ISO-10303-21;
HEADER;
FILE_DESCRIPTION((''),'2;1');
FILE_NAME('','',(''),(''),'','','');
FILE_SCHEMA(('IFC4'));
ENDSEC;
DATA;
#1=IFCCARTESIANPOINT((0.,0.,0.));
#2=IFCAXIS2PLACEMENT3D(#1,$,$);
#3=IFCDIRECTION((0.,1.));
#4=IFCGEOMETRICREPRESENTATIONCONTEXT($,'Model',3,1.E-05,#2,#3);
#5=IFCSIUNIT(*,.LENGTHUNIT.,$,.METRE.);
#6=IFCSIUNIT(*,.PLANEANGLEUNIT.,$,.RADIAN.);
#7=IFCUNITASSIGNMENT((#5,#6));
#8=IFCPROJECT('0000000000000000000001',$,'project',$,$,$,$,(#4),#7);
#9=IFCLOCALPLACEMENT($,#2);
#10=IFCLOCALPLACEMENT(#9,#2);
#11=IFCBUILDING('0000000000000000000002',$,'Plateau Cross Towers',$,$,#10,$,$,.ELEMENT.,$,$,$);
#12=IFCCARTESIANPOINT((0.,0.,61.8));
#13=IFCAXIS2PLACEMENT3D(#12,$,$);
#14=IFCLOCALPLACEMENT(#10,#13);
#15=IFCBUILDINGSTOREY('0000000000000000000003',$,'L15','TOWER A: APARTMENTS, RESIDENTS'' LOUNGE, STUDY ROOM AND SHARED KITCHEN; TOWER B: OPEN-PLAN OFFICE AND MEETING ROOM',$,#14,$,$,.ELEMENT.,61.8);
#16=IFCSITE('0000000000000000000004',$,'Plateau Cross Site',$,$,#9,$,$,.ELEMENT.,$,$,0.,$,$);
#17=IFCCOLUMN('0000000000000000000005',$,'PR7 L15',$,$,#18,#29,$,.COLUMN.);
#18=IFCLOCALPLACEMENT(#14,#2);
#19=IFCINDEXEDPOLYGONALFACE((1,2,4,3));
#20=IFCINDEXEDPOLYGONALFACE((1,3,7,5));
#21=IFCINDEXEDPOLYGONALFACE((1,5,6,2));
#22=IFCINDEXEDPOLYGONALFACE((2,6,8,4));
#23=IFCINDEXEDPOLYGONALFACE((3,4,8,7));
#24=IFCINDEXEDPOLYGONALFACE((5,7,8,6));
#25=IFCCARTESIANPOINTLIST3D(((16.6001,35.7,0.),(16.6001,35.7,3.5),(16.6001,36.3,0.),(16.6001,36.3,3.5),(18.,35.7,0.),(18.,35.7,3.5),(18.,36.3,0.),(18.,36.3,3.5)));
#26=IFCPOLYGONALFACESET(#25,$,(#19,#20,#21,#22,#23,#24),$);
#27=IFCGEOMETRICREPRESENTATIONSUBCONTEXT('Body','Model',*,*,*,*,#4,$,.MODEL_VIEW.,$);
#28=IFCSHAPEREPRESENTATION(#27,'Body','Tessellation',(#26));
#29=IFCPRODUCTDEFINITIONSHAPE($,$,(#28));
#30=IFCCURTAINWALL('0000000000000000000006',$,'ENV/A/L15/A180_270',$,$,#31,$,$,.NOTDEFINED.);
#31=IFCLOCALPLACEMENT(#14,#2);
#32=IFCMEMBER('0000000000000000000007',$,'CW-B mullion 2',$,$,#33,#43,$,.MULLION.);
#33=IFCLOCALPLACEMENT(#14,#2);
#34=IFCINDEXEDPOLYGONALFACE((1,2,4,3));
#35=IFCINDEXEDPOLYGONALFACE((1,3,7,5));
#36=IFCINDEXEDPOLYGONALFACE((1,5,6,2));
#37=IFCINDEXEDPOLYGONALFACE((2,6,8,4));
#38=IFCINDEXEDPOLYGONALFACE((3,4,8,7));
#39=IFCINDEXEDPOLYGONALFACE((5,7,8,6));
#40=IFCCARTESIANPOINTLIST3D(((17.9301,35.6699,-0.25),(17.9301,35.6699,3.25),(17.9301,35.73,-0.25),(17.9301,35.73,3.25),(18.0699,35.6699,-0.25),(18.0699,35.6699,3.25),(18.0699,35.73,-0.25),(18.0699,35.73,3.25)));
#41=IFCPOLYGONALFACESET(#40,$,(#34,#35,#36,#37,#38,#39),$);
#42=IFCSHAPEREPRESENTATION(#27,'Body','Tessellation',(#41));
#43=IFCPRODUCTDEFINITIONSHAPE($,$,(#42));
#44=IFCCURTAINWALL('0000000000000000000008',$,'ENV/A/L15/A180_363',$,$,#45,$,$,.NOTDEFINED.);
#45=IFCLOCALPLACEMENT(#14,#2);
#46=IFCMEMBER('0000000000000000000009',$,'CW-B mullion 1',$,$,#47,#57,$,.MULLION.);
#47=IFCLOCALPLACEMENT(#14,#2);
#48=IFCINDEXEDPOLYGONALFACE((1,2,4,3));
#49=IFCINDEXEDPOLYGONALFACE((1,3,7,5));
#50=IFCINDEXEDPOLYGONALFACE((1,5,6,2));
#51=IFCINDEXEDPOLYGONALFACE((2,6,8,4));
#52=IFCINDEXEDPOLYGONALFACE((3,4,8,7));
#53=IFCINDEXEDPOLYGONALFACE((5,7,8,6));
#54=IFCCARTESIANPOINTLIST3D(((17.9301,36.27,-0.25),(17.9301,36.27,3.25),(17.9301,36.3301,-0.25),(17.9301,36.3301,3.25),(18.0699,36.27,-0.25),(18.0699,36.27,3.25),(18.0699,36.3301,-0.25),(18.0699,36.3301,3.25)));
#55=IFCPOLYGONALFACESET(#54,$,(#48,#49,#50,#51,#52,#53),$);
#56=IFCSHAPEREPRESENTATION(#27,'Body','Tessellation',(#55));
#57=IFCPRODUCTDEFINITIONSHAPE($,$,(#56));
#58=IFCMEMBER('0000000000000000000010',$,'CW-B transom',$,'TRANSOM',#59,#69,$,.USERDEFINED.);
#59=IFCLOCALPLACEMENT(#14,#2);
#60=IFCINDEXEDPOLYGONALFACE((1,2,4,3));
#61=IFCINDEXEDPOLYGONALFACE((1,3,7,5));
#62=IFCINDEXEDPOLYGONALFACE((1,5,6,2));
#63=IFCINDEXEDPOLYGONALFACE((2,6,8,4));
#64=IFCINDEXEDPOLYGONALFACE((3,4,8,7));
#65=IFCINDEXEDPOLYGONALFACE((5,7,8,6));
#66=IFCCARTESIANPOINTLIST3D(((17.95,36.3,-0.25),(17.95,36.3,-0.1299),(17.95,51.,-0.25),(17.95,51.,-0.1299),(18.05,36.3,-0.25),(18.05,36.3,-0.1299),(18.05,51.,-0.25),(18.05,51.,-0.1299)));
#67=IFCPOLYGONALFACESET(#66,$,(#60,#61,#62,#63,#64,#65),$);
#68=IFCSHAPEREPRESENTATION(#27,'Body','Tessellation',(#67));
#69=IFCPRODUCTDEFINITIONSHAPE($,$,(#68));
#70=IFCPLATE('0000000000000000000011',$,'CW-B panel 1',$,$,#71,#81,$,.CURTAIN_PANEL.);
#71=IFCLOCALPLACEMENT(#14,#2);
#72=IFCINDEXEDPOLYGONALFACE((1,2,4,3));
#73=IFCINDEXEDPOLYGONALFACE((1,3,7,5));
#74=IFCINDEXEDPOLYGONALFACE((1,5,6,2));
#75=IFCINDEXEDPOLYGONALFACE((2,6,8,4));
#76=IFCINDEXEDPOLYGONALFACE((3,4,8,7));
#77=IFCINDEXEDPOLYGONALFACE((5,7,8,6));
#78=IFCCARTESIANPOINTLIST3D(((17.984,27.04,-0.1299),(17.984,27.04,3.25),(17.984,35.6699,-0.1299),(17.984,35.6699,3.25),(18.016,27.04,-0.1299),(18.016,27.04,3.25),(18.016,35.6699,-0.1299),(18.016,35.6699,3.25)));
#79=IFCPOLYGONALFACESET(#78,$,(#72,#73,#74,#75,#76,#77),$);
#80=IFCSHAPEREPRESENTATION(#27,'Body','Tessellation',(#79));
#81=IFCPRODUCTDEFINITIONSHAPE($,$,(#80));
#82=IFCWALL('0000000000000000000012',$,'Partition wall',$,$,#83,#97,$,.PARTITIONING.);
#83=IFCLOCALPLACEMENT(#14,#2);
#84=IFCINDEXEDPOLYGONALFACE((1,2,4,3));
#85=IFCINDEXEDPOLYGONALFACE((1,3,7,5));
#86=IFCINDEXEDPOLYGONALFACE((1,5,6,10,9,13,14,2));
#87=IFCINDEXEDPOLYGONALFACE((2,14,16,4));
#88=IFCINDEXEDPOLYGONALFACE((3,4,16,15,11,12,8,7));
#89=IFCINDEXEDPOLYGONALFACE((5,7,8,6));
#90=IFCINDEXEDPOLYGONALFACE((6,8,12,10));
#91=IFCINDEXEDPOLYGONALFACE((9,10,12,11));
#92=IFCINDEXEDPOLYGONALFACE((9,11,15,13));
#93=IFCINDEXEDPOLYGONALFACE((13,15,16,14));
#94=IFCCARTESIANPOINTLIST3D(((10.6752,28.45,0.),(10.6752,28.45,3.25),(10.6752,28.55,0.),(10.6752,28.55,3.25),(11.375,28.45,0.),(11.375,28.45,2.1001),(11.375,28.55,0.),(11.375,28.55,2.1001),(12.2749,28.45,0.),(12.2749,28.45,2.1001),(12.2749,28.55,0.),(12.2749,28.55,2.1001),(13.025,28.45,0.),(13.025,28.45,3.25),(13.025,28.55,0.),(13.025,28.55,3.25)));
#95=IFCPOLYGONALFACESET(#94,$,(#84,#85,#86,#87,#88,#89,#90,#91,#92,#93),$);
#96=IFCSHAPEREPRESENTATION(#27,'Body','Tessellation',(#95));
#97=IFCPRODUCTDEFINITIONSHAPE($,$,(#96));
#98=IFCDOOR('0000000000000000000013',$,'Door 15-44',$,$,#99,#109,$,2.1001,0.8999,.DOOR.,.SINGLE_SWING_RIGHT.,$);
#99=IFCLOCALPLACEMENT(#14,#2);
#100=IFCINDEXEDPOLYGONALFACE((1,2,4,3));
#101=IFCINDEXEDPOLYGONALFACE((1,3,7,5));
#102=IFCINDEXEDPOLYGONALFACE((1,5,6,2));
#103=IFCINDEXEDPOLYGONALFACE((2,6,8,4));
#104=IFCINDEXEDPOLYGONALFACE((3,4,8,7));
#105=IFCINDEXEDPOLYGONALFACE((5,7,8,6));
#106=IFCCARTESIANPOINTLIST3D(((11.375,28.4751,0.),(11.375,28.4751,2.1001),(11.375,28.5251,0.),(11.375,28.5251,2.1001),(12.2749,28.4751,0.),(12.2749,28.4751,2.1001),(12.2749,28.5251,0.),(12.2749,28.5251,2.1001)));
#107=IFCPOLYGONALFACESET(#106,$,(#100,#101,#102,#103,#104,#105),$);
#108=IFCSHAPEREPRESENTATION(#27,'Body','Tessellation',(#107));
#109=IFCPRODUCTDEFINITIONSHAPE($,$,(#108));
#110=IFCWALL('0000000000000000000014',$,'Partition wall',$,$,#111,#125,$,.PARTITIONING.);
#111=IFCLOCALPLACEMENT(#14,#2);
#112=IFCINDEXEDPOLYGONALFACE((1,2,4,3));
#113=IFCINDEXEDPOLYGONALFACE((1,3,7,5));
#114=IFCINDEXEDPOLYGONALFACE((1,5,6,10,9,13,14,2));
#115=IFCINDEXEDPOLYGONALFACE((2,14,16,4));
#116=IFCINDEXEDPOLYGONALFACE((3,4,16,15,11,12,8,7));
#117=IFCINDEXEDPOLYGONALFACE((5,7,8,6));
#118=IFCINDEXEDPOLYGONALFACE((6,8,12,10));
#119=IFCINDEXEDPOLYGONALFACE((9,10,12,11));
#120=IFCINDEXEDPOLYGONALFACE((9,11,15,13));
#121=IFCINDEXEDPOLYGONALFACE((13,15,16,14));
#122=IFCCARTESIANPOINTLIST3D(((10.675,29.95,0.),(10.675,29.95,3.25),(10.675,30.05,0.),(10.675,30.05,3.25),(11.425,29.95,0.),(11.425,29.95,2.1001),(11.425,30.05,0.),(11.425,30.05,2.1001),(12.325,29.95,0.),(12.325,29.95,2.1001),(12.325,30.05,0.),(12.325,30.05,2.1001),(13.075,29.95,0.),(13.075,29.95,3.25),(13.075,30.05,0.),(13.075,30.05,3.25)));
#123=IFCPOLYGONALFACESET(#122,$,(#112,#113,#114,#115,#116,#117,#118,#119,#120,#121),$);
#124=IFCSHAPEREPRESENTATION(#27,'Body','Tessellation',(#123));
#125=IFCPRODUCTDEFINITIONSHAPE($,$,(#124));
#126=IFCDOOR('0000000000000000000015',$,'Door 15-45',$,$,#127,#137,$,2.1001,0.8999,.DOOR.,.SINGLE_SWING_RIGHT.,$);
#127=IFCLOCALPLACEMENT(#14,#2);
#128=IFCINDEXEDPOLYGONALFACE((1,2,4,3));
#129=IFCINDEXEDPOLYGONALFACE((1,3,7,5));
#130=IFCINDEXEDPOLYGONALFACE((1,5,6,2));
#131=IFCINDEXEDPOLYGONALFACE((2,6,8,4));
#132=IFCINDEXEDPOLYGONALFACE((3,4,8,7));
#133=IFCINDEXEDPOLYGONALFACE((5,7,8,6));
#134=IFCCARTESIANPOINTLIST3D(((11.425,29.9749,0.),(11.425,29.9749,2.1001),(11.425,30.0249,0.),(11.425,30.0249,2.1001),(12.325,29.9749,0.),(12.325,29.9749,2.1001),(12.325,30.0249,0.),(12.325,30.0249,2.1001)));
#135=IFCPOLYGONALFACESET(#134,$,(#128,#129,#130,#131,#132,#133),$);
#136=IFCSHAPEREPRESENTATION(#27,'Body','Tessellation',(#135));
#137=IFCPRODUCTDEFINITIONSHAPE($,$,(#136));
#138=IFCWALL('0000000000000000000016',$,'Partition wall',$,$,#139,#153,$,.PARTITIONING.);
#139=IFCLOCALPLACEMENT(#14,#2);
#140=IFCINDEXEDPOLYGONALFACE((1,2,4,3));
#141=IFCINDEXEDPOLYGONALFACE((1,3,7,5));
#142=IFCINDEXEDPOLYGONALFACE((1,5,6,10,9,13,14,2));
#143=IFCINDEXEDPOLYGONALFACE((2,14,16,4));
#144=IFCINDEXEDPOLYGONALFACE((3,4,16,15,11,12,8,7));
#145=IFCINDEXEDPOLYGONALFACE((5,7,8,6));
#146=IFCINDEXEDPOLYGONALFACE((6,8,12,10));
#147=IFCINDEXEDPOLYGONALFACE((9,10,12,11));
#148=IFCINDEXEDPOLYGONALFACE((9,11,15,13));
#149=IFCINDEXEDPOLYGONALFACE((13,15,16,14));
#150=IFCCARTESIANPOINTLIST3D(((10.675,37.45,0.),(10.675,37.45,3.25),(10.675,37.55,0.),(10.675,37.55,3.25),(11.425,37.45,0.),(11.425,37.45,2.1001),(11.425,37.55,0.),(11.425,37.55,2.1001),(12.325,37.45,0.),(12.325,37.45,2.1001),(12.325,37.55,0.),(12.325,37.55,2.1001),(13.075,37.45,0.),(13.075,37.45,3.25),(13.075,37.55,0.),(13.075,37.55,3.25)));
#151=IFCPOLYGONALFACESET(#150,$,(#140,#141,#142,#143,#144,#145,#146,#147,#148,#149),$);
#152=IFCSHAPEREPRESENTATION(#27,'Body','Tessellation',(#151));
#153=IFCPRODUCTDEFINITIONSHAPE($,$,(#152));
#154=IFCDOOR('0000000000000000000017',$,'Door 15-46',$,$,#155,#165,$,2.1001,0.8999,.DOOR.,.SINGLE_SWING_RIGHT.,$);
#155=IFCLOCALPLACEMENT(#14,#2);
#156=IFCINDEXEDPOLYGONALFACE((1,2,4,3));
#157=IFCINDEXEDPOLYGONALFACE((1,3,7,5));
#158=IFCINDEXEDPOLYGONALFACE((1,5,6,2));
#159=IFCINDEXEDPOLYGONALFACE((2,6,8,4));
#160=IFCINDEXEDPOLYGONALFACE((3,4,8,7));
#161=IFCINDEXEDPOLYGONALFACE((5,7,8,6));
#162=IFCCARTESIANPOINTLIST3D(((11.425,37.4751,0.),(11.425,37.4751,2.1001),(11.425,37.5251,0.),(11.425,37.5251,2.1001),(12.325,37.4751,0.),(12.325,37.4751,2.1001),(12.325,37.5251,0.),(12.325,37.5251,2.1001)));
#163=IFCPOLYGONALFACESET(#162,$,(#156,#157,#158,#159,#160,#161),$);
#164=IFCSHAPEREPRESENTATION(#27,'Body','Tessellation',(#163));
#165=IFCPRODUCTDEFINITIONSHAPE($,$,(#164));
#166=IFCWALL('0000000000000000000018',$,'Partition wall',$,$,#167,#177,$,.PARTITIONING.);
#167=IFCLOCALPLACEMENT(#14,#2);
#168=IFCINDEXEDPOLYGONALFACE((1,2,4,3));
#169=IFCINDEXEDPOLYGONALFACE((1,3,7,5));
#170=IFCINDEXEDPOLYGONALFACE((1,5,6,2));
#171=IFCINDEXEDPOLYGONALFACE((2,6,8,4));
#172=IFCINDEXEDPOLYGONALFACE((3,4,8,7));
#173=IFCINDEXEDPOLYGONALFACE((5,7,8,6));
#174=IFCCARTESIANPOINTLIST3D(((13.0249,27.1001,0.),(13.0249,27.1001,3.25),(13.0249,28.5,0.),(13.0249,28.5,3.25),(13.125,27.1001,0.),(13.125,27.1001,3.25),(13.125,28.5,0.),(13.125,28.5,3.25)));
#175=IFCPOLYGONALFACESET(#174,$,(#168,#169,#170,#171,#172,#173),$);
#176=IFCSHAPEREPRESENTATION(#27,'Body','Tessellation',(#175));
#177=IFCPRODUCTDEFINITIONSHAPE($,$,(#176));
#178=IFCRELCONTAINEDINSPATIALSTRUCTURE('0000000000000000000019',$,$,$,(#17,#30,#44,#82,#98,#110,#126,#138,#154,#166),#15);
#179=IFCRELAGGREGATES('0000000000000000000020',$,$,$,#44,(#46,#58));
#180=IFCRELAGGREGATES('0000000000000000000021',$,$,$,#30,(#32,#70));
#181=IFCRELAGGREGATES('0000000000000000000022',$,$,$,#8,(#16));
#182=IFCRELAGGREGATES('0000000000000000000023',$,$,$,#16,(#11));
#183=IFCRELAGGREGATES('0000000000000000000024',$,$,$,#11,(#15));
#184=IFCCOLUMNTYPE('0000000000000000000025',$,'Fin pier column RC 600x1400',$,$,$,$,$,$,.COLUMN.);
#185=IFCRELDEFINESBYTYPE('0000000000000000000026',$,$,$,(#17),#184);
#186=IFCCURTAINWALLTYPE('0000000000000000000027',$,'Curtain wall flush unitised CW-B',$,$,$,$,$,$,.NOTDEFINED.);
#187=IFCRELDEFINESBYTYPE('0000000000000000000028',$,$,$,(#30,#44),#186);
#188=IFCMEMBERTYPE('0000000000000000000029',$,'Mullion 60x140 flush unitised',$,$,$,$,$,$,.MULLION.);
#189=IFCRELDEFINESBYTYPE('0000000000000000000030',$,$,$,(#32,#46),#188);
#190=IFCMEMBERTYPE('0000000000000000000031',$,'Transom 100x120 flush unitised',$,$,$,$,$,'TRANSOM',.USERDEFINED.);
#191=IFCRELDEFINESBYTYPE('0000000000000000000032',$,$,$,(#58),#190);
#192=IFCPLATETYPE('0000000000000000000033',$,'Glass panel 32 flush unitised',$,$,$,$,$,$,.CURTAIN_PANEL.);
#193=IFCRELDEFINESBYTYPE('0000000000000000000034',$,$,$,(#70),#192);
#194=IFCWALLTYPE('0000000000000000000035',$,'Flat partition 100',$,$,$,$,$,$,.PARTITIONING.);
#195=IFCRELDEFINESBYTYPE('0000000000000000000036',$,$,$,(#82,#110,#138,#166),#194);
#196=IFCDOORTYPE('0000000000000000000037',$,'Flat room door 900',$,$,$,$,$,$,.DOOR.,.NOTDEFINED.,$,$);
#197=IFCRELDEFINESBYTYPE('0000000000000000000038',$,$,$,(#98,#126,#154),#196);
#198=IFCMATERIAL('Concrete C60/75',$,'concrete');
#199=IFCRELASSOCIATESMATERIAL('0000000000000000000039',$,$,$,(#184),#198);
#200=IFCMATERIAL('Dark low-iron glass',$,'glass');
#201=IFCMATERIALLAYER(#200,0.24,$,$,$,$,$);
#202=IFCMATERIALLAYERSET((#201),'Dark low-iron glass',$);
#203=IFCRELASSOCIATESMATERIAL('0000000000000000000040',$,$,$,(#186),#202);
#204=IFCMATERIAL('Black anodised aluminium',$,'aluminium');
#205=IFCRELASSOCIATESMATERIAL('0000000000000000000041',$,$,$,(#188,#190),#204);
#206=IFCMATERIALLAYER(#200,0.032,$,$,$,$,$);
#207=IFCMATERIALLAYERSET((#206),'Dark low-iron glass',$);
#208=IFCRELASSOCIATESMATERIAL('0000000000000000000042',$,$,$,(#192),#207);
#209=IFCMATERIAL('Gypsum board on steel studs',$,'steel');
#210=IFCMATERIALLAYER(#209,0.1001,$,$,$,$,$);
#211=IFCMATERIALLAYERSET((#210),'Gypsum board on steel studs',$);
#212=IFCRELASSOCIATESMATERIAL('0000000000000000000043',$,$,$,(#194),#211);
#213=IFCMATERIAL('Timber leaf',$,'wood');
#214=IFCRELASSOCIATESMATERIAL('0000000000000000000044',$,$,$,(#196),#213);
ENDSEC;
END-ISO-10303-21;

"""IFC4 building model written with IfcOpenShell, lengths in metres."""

from ifc_helpers import new_model, si_unit, direction, frame, frame_2d, origin, origin_2d, place, context, subcontext, project, spatial, rectangle, extrude, material, layer, layer_set, material_profile, profile_set, type_object, element, fill, aggregate, save


model = new_model("IFC4")

# Units and contexts
model_context = context("Model", 3, precision=1e-05, world=origin(), true_north=direction((0.0, 1.0)))
body_context = subcontext(model_context, "Body", "Model", "MODEL_VIEW")
ifc_project = project(units=[si_unit("LENGTHUNIT", "METRE"), si_unit("PLANEANGLEUNIT", "RADIAN")], contexts=[model_context])

# Site, building, storey
site_placement = place(None, origin())
site = spatial("IfcSite", under=ifc_project, at=site_placement, Name="Plateau Cross Site", CompositionType="ELEMENT", RefElevation=0.0)
building_placement = place(site_placement, origin())
building = spatial("IfcBuilding", under=site, at=building_placement, Name="Plateau Cross Towers", CompositionType="ELEMENT")
storey_placement = place(building_placement, frame((0.0, 0.0, 61.8)))
storey = spatial("IfcBuildingStorey", under=building, at=storey_placement, Name="L15", Description="TOWER A: APARTMENTS, RESIDENTS' LOUNGE, STUDY ROOM AND SHARED KITCHEN; TOWER B: OPEN-PLAN OFFICE AND MEETING ROOM", CompositionType="ELEMENT", Elevation=61.8)

# Column
ifc_material_1 = material(Name="Concrete C60/75", Category="concrete")
ifc_material_profile_1 = material_profile(ifc_material_1, rectangle(XDim=0.6001, YDim=1.3999, at=origin_2d()), Name="RC 600x1400")
ifc_profile_set_1 = profile_set([ifc_material_profile_1], Name="Concrete C60/75")
column_type = type_object("IfcColumnType", Name="Fin pier column RC 600x1400", PredefinedType="COLUMN", material=ifc_profile_set_1)
column_placement = place(storey_placement, frame((17.3, 36.0, 0.0), z_axis=(0.0, 0.0, 1.0), x_axis=(0.0, 1.0, 0.0)))
element("IfcColumn", 1, at=column_placement, inside=storey, type_object=column_type, Name="PR7 L15", PredefinedType="COLUMN", context=body_context, shape_type="SweptSolid", body=[
    extrude(rectangle(XDim=0.6001, YDim=1.3999, at=origin_2d()), origin(), (0.0, 0.0, 1.0), 3.5),
])

# Curtain wall, member
ifc_material_2 = material(Name="Dark low-iron glass", Category="glass")
ifc_layer_1 = layer(ifc_material_2, 0.24)
ifc_layer_set_1 = layer_set([ifc_layer_1], Name="Dark low-iron glass")
curtain_wall_type = type_object("IfcCurtainWallType", Name="Curtain wall flush unitised CW-B", PredefinedType="NOTDEFINED", material=ifc_layer_set_1)
curtain_wall_1_placement = place(storey_placement, origin())
curtain_wall_1 = element("IfcCurtainWall", 2, at=curtain_wall_1_placement, inside=storey, type_object=curtain_wall_type, Name="ENV/A/L15/A180_270", PredefinedType="NOTDEFINED")
ifc_material_3 = material(Name="Black anodised aluminium", Category="aluminium")
ifc_material_profile_2 = material_profile(ifc_material_3, rectangle(XDim=0.0601, YDim=0.1399, at=origin_2d()), Name="MULLION 60x140")
ifc_profile_set_2 = profile_set([ifc_material_profile_2], Name="Black anodised aluminium")
member_type_1 = type_object("IfcMemberType", Name="Mullion 60x140 flush unitised", PredefinedType="MULLION", material=ifc_profile_set_2)
member_1_placement = place(storey_placement, frame((18.0, 35.7, -0.25), z_axis=(0.0, 0.0, 1.0), x_axis=(0.0, 1.0, 0.0)))
member_1 = element("IfcMember", 3, at=member_1_placement, type_object=member_type_1, Name="CW-B mullion 2", PredefinedType="MULLION", context=body_context, shape_type="SweptSolid", body=[
    extrude(rectangle(XDim=0.0601, YDim=0.1399, at=origin_2d()), origin(), (0.0, 0.0, 1.0), 3.5),
])

# Curtain wall, members
curtain_wall_2_placement = place(storey_placement, origin())
curtain_wall_2 = element("IfcCurtainWall", 4, at=curtain_wall_2_placement, inside=storey, type_object=curtain_wall_type, Name="ENV/A/L15/A180_363", PredefinedType="NOTDEFINED")
member_2_placement = place(storey_placement, frame((18.0, 36.3, -0.25), z_axis=(0.0, 0.0, 1.0), x_axis=(0.0, 1.0, 0.0)))
member_2 = element("IfcMember", 5, at=member_2_placement, type_object=member_type_1, Name="CW-B mullion 1", PredefinedType="MULLION", context=body_context, shape_type="SweptSolid", body=[
    extrude(rectangle(XDim=0.0601, YDim=0.1399, at=origin_2d()), origin(), (0.0, 0.0, 1.0), 3.5),
])
ifc_material_profile_3 = material_profile(ifc_material_3, rectangle(XDim=0.1001, YDim=0.1201, at=origin_2d()), Name="TRANSOM 100x120")
ifc_profile_set_3 = profile_set([ifc_material_profile_3], Name="Black anodised aluminium")
member_type_2 = type_object("IfcMemberType", Name="Transom 100x120 flush unitised", ElementType="TRANSOM", PredefinedType="USERDEFINED", material=ifc_profile_set_3)
member_3_placement = place(storey_placement, frame((18.0, 36.3, -0.1899), z_axis=(0.0, 1.0, 0.0), x_axis=(-1.0, 0.0, 0.0)))
member_3 = element("IfcMember", 6, at=member_3_placement, type_object=member_type_2, Name="CW-B transom", ObjectType="TRANSOM", PredefinedType="USERDEFINED", context=body_context, shape_type="SweptSolid", body=[
    extrude(rectangle(XDim=0.1001, YDim=0.1201, at=origin_2d()), origin(), (0.0, 0.0, 1.0), 14.7),
])
aggregate(curtain_wall_2, [member_2, member_3])

# Plate
ifc_layer_2 = layer(ifc_material_2, 0.032)
ifc_layer_set_2 = layer_set([ifc_layer_2], Name="Dark low-iron glass")
plate_type = type_object("IfcPlateType", Name="Glass panel 32 flush unitised", PredefinedType="CURTAIN_PANEL", material=ifc_layer_set_2)
plate_placement = place(storey_placement, frame((18.0, 31.355, -0.1299), z_axis=(0.0, 0.0, 1.0), x_axis=(0.0, 1.0, 0.0)))
plate = element("IfcPlate", 7, at=plate_placement, type_object=plate_type, Name="CW-B panel 1", PredefinedType="CURTAIN_PANEL", context=body_context, shape_type="SweptSolid", body=[
    extrude(rectangle(XDim=8.6299, YDim=0.032, at=origin_2d()), origin(), (0.0, 0.0, 1.0), 3.3799),
])
aggregate(curtain_wall_1, [member_1, plate])

# Walls, openings, doors
ifc_material_4 = material(Name="Gypsum board on steel studs", Category="steel")
ifc_layer_3 = layer(ifc_material_4, 0.1001)
ifc_layer_set_3 = layer_set([ifc_layer_3], Name="Gypsum board on steel studs")
wall_type_1 = type_object("IfcWallType", Name="Flat partition 100", PredefinedType="PARTITIONING", material=ifc_layer_set_3)
wall_1_placement = place(storey_placement, frame((13.0249, 28.5, 0.0), z_axis=(0.0, 0.0, 1.0), x_axis=(-1.0, 0.0, 0.0)))
wall_1 = element("IfcWall", 8, at=wall_1_placement, inside=storey, type_object=wall_type_1, Name="Partition wall", PredefinedType="PARTITIONING", context=body_context, shape_type="SweptSolid", body=[
    extrude(rectangle(XDim=2.3499, YDim=0.1001, at=frame_2d((1.1748, 0.0))), origin(), (0.0, 0.0, 1.0), 3.25),
])
opening_1_placement = place(wall_1_placement, frame((0.75, 0.0, 0.0)))
opening_1 = element("IfcOpeningElement", 9, at=opening_1_placement, cuts=wall_1, PredefinedType="OPENING", context=body_context, shape_type="SweptSolid", body=[
    extrude(rectangle(XDim=0.8999, YDim=2.1001, at=frame_2d((0.45, 1.05))), frame((0.0, 0.0601, 0.0), z_axis=(0.0, -1.0, 0.0), x_axis=(1.0, 0.0, 0.0)), (0.0, 0.0, 1.0), 0.1201),
])
ifc_material_5 = material(Name="Timber leaf", Category="wood")
door_type = type_object("IfcDoorType", Name="Flat room door 900", OperationType="NOTDEFINED", PredefinedType="DOOR", material=ifc_material_5)
door_1_placement = place(opening_1_placement, origin())
door_1 = element("IfcDoor", 10, at=door_1_placement, inside=storey, type_object=door_type, Name="Door 15-44", OperationType="SINGLE_SWING_RIGHT", OverallHeight=2.1001, OverallWidth=0.8999, PredefinedType="DOOR", context=body_context, shape_type="SweptSolid", body=[
    extrude(rectangle(XDim=0.8999, YDim=2.1001, at=frame_2d((0.45, 1.05))), frame((0.0, 0.0249, 0.0), z_axis=(0.0, -1.0, 0.0), x_axis=(1.0, 0.0, 0.0)), (0.0, 0.0, 1.0), 0.05),
])
fill(opening_1, door_1)
wall_2_placement = place(storey_placement, frame((10.675, 30.0, 0.0), z_axis=(0.0, 0.0, 1.0), x_axis=(1.0, 0.0, 0.0)))
wall_2 = element("IfcWall", 11, at=wall_2_placement, inside=storey, type_object=wall_type_1, Name="Partition wall", PredefinedType="PARTITIONING", context=body_context, shape_type="SweptSolid", body=[
    extrude(rectangle(XDim=2.3999, YDim=0.1001, at=frame_2d((1.2, 0.0))), origin(), (0.0, 0.0, 1.0), 3.25),
])
opening_2_placement = place(wall_2_placement, frame((0.75, 0.0, 0.0)))
opening_2 = element("IfcOpeningElement", 12, at=opening_2_placement, cuts=wall_2, PredefinedType="OPENING", context=body_context, shape_type="SweptSolid", body=[
    extrude(rectangle(XDim=0.8999, YDim=2.1001, at=frame_2d((0.45, 1.05))), frame((0.0, 0.0601, 0.0), z_axis=(0.0, -1.0, 0.0), x_axis=(1.0, 0.0, 0.0)), (0.0, 0.0, 1.0), 0.1201),
])
door_2_placement = place(opening_2_placement, origin())
door_2 = element("IfcDoor", 13, at=door_2_placement, inside=storey, type_object=door_type, Name="Door 15-45", OperationType="SINGLE_SWING_RIGHT", OverallHeight=2.1001, OverallWidth=0.8999, PredefinedType="DOOR", context=body_context, shape_type="SweptSolid", body=[
    extrude(rectangle(XDim=0.8999, YDim=2.1001, at=frame_2d((0.45, 1.05))), frame((0.0, 0.0249, 0.0), z_axis=(0.0, -1.0, 0.0), x_axis=(1.0, 0.0, 0.0)), (0.0, 0.0, 1.0), 0.05),
])
fill(opening_2, door_2)
wall_3_placement = place(storey_placement, frame((13.075, 37.5, 0.0), z_axis=(0.0, 0.0, 1.0), x_axis=(-1.0, 0.0, 0.0)))
wall_3 = element("IfcWall", 14, at=wall_3_placement, inside=storey, type_object=wall_type_1, Name="Partition wall", PredefinedType="PARTITIONING", context=body_context, shape_type="SweptSolid", body=[
    extrude(rectangle(XDim=2.3999, YDim=0.1001, at=frame_2d((1.2, 0.0))), origin(), (0.0, 0.0, 1.0), 3.25),
])
opening_3_placement = place(wall_3_placement, frame((0.75, 0.0, 0.0)))
opening_3 = element("IfcOpeningElement", 15, at=opening_3_placement, cuts=wall_3, PredefinedType="OPENING", context=body_context, shape_type="SweptSolid", body=[
    extrude(rectangle(XDim=0.8999, YDim=2.1001, at=frame_2d((0.45, 1.05))), frame((0.0, 0.0601, 0.0), z_axis=(0.0, -1.0, 0.0), x_axis=(1.0, 0.0, 0.0)), (0.0, 0.0, 1.0), 0.1201),
])
door_3_placement = place(opening_3_placement, origin())
door_3 = element("IfcDoor", 16, at=door_3_placement, inside=storey, type_object=door_type, Name="Door 15-46", OperationType="SINGLE_SWING_RIGHT", OverallHeight=2.1001, OverallWidth=0.8999, PredefinedType="DOOR", context=body_context, shape_type="SweptSolid", body=[
    extrude(rectangle(XDim=0.8999, YDim=2.1001, at=frame_2d((0.45, 1.05))), frame((0.0, 0.0249, 0.0), z_axis=(0.0, -1.0, 0.0), x_axis=(1.0, 0.0, 0.0)), (0.0, 0.0, 1.0), 0.05),
])
fill(opening_3, door_3)

# Wall
wall_4_placement = place(storey_placement, frame((13.075, 27.1001, 0.0), z_axis=(0.0, 0.0, 1.0), x_axis=(0.0, 1.0, 0.0)))
element("IfcWall", 17, at=wall_4_placement, inside=storey, type_object=wall_type_1, Name="Partition wall", PredefinedType="PARTITIONING", context=body_context, shape_type="SweptSolid", body=[
    extrude(rectangle(XDim=1.3999, YDim=0.1001, at=frame_2d((0.7, 0.0))), origin(), (0.0, 0.0, 1.0), 3.25),
])

save(model, "model.ifc")
